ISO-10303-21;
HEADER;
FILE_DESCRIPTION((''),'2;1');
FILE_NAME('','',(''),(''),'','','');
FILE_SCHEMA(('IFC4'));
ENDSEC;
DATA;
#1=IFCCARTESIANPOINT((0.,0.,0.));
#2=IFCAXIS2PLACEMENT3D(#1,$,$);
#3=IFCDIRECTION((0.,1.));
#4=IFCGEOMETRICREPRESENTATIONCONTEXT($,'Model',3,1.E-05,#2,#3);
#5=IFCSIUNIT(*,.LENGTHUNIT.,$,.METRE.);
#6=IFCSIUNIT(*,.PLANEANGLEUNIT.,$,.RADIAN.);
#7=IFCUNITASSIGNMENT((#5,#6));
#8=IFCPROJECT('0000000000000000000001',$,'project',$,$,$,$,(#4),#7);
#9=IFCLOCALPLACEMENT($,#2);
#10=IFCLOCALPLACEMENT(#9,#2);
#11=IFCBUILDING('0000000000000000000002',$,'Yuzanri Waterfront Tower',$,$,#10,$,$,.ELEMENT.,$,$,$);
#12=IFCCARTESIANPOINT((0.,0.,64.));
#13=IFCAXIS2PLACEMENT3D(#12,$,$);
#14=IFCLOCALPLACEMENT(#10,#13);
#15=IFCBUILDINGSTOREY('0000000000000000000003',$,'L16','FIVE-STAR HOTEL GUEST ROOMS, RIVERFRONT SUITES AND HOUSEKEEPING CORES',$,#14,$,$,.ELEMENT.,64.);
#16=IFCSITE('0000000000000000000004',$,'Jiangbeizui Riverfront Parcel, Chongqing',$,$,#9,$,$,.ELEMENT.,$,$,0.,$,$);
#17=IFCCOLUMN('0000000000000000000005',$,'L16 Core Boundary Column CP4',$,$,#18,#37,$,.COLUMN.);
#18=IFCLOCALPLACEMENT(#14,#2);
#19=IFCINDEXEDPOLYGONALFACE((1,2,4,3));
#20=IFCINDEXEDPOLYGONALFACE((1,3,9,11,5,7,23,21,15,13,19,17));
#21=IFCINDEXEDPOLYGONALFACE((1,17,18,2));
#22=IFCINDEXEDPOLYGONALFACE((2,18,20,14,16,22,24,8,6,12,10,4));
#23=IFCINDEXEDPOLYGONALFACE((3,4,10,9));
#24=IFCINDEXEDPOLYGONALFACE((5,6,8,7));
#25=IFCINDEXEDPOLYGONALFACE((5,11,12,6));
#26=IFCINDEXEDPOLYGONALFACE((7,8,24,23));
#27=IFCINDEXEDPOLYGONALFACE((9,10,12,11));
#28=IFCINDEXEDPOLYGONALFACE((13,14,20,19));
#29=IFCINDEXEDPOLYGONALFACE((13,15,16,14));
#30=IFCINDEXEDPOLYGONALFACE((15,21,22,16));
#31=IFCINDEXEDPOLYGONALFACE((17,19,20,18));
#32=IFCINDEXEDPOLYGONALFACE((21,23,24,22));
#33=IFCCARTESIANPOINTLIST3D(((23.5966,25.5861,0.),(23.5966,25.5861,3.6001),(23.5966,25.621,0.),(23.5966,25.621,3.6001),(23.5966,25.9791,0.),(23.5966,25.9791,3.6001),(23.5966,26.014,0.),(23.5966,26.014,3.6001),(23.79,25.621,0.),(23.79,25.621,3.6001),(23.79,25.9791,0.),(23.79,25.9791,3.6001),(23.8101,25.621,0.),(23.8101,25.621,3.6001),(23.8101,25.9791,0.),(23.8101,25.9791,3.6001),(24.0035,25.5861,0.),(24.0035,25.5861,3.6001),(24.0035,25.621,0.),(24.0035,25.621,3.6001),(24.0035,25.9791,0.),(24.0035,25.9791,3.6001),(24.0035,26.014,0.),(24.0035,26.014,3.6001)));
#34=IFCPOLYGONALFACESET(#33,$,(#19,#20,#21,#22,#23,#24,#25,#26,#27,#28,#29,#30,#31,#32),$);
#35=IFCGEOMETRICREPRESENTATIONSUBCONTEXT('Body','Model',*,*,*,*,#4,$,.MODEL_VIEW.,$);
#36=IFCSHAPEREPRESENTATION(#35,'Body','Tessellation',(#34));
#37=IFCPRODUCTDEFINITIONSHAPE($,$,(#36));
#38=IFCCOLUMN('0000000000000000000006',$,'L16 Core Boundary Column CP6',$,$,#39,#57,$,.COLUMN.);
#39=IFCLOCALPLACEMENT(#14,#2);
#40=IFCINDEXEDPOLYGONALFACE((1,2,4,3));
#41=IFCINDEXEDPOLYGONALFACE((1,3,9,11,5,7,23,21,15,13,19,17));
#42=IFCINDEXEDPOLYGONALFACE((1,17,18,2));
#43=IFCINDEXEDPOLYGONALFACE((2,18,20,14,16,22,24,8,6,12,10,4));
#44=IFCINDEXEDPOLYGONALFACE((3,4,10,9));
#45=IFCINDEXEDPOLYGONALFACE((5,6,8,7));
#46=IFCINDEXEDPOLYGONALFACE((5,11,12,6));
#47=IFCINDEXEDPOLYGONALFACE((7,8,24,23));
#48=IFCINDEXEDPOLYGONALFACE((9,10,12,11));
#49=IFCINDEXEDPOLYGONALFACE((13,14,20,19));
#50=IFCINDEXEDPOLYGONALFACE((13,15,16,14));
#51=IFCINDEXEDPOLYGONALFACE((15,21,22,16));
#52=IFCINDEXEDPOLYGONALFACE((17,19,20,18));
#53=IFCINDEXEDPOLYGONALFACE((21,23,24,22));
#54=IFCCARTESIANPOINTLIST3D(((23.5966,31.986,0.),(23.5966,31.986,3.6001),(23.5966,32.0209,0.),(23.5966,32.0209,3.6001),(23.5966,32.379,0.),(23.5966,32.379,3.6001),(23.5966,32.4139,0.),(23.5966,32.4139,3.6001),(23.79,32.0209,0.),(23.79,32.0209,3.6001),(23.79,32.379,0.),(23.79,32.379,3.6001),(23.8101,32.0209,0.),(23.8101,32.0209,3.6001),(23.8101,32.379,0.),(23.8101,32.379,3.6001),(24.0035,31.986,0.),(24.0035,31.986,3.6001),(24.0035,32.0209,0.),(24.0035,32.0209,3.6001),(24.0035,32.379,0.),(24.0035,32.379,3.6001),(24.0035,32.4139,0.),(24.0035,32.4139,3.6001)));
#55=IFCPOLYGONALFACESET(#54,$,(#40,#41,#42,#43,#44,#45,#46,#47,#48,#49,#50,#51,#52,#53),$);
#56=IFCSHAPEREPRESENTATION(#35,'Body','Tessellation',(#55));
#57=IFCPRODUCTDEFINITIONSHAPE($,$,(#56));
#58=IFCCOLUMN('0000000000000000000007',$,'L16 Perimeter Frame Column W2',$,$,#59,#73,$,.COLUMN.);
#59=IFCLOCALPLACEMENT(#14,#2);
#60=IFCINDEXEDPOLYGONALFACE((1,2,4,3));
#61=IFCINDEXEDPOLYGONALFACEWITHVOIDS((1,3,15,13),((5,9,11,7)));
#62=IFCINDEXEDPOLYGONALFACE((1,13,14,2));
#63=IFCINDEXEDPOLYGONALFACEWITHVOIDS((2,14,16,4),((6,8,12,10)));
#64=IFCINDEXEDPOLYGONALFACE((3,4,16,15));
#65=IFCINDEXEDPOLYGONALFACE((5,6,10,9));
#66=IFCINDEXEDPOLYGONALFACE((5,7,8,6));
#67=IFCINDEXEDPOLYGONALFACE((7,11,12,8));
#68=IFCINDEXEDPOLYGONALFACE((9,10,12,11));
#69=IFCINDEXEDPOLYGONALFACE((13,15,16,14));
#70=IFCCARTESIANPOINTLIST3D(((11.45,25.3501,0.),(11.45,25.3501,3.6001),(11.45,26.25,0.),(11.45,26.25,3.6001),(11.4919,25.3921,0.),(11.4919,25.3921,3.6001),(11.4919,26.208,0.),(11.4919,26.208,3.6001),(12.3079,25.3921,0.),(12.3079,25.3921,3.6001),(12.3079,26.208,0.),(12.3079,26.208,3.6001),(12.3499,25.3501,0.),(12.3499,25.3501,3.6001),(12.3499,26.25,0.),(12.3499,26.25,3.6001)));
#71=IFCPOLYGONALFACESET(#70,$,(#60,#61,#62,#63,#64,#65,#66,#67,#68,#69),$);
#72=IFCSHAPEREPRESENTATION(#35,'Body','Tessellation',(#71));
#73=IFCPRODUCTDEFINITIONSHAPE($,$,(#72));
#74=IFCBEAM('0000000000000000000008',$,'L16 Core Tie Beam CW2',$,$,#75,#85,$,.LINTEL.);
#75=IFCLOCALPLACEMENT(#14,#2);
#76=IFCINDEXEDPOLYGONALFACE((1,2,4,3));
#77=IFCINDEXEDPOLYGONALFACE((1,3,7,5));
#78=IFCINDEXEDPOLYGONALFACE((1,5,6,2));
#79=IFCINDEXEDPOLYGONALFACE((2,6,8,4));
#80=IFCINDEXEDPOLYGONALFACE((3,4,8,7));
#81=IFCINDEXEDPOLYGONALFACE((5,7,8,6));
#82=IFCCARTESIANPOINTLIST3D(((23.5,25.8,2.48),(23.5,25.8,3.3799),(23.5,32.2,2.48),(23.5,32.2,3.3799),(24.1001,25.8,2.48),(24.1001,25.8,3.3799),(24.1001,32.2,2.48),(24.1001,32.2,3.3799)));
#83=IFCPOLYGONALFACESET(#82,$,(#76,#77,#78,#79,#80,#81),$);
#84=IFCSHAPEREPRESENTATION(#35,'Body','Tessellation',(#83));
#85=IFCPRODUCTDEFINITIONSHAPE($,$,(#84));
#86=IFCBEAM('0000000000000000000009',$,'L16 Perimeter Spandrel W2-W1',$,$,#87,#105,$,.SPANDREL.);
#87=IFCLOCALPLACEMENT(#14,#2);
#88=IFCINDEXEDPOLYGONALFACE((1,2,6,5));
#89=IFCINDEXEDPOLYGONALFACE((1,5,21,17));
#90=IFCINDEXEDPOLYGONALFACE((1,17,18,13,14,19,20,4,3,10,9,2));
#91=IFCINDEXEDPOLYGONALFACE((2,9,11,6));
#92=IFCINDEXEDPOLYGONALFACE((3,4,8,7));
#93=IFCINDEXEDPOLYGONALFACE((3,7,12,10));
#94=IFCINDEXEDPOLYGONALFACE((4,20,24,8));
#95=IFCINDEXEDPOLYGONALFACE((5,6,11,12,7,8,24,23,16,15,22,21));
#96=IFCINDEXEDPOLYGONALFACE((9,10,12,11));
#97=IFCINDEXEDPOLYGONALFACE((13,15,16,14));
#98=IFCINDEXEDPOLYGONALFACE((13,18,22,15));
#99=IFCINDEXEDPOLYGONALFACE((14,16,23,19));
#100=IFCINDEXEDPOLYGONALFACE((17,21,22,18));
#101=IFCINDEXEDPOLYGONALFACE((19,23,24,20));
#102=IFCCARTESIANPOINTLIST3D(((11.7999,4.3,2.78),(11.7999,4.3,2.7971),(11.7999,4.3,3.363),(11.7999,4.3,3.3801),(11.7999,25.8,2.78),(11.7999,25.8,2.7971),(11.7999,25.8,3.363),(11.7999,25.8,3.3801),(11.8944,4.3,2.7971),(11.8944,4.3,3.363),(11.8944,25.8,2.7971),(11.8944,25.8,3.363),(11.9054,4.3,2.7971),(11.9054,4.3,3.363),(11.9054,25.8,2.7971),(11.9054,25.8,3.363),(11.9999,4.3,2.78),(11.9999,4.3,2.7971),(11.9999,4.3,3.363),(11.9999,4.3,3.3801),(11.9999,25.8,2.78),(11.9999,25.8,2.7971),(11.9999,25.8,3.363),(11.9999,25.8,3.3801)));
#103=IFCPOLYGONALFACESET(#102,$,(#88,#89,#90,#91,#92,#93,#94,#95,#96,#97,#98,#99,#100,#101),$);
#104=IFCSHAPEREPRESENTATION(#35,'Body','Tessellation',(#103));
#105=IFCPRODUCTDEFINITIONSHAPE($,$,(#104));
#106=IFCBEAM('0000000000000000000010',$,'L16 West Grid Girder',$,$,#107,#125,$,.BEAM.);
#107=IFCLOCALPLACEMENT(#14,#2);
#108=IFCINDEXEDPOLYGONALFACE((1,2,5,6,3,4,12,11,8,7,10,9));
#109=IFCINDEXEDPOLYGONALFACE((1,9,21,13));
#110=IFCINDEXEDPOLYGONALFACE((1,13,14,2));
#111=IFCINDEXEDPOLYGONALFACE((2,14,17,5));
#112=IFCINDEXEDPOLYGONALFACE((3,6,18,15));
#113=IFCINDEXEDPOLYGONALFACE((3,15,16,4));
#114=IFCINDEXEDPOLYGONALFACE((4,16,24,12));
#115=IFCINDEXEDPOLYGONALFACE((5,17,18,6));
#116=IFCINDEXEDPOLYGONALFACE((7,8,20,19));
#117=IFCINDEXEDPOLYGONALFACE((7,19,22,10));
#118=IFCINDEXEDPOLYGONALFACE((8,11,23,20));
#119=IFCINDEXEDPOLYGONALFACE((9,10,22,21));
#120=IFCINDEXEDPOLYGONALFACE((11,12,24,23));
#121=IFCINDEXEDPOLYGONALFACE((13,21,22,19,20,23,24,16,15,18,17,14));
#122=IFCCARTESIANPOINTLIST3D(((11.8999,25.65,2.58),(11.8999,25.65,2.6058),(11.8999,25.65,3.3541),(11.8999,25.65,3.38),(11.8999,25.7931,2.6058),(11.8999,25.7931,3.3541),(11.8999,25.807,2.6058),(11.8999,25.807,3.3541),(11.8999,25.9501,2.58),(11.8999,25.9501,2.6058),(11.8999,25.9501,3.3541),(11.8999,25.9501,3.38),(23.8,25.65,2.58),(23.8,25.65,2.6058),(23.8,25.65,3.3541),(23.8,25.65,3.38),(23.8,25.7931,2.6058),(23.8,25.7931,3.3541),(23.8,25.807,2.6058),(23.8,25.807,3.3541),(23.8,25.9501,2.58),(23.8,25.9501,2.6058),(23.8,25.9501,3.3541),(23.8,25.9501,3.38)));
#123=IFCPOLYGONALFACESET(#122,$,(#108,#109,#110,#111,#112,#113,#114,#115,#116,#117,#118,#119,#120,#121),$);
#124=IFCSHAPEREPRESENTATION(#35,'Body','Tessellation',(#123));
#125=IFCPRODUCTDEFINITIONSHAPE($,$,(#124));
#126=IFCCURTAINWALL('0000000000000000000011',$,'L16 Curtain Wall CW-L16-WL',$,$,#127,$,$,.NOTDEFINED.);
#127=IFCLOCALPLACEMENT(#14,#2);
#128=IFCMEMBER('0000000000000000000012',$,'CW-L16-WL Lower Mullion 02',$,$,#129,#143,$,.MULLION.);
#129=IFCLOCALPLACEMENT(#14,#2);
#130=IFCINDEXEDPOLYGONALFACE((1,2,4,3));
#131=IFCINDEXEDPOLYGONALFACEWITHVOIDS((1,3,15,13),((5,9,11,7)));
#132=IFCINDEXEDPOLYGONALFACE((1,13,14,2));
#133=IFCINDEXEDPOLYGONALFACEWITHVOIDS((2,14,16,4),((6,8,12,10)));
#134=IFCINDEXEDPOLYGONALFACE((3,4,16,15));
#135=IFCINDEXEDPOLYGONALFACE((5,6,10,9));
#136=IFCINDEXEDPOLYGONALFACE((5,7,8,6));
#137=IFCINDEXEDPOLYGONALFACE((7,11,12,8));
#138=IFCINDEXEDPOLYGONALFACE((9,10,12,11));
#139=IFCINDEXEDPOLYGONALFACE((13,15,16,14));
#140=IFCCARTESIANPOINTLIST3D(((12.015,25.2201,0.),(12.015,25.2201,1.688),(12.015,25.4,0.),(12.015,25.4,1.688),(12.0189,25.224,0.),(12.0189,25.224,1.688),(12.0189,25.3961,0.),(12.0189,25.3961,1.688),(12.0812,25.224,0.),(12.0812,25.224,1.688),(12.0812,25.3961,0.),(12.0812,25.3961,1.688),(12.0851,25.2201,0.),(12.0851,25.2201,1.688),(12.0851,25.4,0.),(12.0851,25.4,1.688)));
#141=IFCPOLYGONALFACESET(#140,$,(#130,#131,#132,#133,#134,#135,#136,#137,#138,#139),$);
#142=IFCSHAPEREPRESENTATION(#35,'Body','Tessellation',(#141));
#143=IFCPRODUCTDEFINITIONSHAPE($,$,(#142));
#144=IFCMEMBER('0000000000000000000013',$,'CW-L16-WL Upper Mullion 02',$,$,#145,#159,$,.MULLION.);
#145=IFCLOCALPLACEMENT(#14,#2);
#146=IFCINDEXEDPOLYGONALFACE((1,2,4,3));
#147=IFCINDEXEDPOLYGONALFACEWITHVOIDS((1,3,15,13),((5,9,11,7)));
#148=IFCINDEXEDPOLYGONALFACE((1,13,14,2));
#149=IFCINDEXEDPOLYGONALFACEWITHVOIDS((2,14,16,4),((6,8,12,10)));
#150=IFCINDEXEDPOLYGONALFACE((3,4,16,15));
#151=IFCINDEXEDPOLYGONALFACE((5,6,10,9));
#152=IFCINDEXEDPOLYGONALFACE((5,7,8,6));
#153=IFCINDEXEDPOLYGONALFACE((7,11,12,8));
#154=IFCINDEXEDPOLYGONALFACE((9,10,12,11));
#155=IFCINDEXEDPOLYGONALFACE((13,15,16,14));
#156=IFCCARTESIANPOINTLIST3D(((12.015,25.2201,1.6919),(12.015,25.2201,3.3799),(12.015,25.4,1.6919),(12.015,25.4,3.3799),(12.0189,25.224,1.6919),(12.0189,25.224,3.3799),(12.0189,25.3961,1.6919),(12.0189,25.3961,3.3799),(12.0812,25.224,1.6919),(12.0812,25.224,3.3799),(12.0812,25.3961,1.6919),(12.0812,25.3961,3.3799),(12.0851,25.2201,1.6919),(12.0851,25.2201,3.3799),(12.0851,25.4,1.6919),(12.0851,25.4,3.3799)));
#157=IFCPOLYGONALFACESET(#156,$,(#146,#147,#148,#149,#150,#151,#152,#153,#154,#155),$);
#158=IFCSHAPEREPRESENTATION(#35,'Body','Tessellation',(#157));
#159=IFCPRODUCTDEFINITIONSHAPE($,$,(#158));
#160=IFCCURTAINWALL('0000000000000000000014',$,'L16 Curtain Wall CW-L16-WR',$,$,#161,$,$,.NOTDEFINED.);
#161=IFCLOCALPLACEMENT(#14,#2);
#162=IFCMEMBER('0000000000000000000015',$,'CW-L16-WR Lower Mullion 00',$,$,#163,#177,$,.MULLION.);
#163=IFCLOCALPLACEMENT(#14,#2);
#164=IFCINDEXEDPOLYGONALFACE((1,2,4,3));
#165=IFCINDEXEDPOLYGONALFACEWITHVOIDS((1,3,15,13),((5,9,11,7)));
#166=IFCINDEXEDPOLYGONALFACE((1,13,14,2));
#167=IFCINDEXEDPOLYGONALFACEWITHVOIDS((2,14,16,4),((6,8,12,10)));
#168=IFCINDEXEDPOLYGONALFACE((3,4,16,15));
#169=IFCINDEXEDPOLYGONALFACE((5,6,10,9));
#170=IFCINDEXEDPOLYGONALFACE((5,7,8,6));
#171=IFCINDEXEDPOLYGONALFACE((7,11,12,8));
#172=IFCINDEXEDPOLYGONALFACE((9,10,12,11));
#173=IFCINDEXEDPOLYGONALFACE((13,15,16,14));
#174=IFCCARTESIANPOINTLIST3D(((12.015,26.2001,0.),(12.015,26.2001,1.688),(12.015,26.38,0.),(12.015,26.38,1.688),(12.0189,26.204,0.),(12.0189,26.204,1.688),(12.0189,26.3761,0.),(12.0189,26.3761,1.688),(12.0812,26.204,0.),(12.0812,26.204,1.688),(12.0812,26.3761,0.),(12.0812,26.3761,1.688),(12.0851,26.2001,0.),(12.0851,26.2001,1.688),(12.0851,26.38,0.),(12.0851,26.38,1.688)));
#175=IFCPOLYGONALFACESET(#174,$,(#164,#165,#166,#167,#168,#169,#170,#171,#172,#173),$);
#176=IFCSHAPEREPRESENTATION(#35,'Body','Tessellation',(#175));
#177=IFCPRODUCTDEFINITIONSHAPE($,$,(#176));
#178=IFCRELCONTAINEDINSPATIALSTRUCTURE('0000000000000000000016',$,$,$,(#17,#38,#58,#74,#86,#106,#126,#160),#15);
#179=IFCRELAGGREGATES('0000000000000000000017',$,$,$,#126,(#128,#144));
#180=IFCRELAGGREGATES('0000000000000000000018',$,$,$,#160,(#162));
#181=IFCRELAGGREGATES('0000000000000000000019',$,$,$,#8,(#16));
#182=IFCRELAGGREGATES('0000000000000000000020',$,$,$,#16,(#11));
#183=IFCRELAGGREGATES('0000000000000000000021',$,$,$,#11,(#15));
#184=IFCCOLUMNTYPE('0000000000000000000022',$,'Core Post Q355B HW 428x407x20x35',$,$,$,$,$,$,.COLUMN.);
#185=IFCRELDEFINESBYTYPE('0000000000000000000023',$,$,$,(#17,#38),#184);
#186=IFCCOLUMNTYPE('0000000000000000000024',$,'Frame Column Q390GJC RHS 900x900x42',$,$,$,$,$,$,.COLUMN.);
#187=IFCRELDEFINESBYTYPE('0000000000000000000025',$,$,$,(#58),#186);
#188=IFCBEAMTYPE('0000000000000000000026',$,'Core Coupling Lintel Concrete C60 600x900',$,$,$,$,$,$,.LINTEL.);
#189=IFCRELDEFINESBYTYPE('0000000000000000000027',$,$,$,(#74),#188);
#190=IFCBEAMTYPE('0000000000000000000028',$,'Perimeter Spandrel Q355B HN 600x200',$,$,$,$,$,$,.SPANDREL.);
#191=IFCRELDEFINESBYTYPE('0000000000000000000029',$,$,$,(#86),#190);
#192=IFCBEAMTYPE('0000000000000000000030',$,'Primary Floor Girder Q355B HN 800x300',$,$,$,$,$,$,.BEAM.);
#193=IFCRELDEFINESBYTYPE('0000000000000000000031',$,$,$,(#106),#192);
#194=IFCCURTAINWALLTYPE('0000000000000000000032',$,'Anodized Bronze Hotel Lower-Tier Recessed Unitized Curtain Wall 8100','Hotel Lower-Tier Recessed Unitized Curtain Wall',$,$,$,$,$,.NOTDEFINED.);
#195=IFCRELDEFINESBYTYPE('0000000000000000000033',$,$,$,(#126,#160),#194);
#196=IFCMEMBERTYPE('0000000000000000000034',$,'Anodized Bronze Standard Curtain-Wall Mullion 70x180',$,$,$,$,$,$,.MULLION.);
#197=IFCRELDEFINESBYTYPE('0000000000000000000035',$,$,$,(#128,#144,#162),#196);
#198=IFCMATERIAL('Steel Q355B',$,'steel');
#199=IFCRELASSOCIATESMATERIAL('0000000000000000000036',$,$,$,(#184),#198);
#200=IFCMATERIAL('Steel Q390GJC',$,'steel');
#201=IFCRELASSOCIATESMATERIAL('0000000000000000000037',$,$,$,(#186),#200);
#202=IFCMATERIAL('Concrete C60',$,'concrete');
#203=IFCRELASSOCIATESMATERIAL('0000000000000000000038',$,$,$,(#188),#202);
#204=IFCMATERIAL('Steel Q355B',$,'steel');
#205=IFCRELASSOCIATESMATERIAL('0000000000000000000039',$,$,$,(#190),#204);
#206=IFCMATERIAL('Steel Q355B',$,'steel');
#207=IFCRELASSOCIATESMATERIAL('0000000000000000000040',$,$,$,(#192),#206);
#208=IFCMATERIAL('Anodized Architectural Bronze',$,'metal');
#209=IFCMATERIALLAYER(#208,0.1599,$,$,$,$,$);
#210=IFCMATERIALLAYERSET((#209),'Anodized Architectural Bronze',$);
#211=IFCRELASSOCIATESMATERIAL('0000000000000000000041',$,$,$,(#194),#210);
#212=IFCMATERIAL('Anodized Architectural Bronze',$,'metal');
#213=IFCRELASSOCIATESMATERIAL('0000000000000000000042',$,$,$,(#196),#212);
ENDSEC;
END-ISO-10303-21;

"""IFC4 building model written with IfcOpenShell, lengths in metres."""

from ifc_helpers import new_model, si_unit, direction, frame, origin, origin_2d, place, context, subcontext, project, spatial, rectangle, hollow_rectangle, i_section, extrude, source, transform, mapped, material, layer, layer_set, material_profile, profile_set, type_object, element, aggregate, save


model = new_model("IFC4")

# Units and contexts
model_context = context("Model", 3, precision=1e-05, world=origin(), true_north=direction((0.0, 1.0)))
body_context = subcontext(model_context, "Body", "Model", "MODEL_VIEW")
ifc_project = project(units=[si_unit("LENGTHUNIT", "METRE"), si_unit("PLANEANGLEUNIT", "RADIAN")], contexts=[model_context])

# Site, building, storey
site_placement = place(None, origin())
site = spatial("IfcSite", under=ifc_project, at=site_placement, Name="Jiangbeizui Riverfront Parcel, Chongqing", CompositionType="ELEMENT", RefElevation=0.0)
building_placement = place(site_placement, origin())
building = spatial("IfcBuilding", under=site, at=building_placement, Name="Yuzanri Waterfront Tower", CompositionType="ELEMENT")
storey_placement = place(building_placement, frame((0.0, 0.0, 64.0)))
storey = spatial("IfcBuildingStorey", under=building, at=storey_placement, Name="L16", Description="FIVE-STAR HOTEL GUEST ROOMS, RIVERFRONT SUITES AND HOUSEKEEPING CORES", CompositionType="ELEMENT", Elevation=64.0)

# Columns
ifc_material_1 = material(Name="Steel Q355B", Category="steel")
ifc_material_profile_1 = material_profile(ifc_material_1, i_section(OverallWidth=0.407, OverallDepth=0.428, WebThickness=0.02, FlangeThickness=0.0349, at=origin_2d()), Name="HW 428x407x20x35")
ifc_profile_set_1 = profile_set([ifc_material_profile_1], Name="Steel Q355B")
column_type_1 = type_object("IfcColumnType", Name="Core Post Q355B HW 428x407x20x35", PredefinedType="COLUMN", material=ifc_profile_set_1)
shared_shape_1 = source(origin(), body_context, "Body", "SweptSolid", [
    extrude(i_section(OverallWidth=0.407, OverallDepth=0.428, WebThickness=0.02, FlangeThickness=0.0349, at=origin_2d()), origin(), (0.0, 0.0, 1.0), 3.6001),
])
for number, where, z_axis, x_axis, name in (
    (1, (23.8, 25.8, 0.0), (0.0, 0.0, 1.0), (1.0, 0.0, 0.0), "L16 Core Boundary Column CP4"),
    (2, (23.8, 32.2, 0.0), (0.0, 0.0, 1.0), (1.0, 0.0, 0.0), "L16 Core Boundary Column CP6"),
):
    element("IfcColumn", number, at=place(storey_placement, frame(where, z_axis=z_axis, x_axis=x_axis)), inside=storey, type_object=column_type_1, Name=name, PredefinedType="COLUMN", context=body_context, shape_type="MappedRepresentation", body=[
        mapped(shared_shape_1, transform((0.0, 0.0, 0.0), scale=1.0)),
    ])
ifc_material_2 = material(Name="Steel Q390GJC", Category="steel")
ifc_material_profile_2 = material_profile(ifc_material_2, hollow_rectangle(XDim=0.8999, YDim=0.8999, WallThickness=0.042, at=origin_2d()), Name="RHS 900x900x42")
ifc_profile_set_2 = profile_set([ifc_material_profile_2], Name="Steel Q390GJC")
column_type_2 = type_object("IfcColumnType", Name="Frame Column Q390GJC RHS 900x900x42", PredefinedType="COLUMN", material=ifc_profile_set_2)
shared_shape_2 = source(origin(), body_context, "Body", "SweptSolid", [
    extrude(hollow_rectangle(XDim=0.8999, YDim=0.8999, WallThickness=0.042, at=origin_2d()), origin(), (0.0, 0.0, 1.0), 3.6001),
])
column_placement = place(storey_placement, frame((11.8999, 25.8, 0.0), z_axis=(0.0, 0.0, 1.0), x_axis=(1.0, 0.0, 0.0)))
element("IfcColumn", 3, at=column_placement, inside=storey, type_object=column_type_2, Name="L16 Perimeter Frame Column W2", PredefinedType="COLUMN", context=body_context, shape_type="MappedRepresentation", body=[
    mapped(shared_shape_2, transform((0.0, 0.0, 0.0), scale=1.0)),
])

# Beams
ifc_material_3 = material(Name="Concrete C60", Category="concrete")
ifc_material_profile_3 = material_profile(ifc_material_3, rectangle(XDim=0.6001, YDim=0.8999, at=origin_2d()), Name="RC 600x900")
ifc_profile_set_3 = profile_set([ifc_material_profile_3], Name="Concrete C60")
beam_type_1 = type_object("IfcBeamType", Name="Core Coupling Lintel Concrete C60 600x900", PredefinedType="LINTEL", material=ifc_profile_set_3)
shared_shape_3 = source(origin(), body_context, "Body", "SweptSolid", [
    extrude(rectangle(XDim=0.6001, YDim=0.8999, at=origin_2d()), origin(), (0.0, 0.0, 1.0), 6.3999),
])
beam_1_placement = place(storey_placement, frame((23.8, 25.8, 2.9299), z_axis=(0.0, 1.0, 0.0), x_axis=(-1.0, 0.0, 0.0)))
element("IfcBeam", 4, at=beam_1_placement, inside=storey, type_object=beam_type_1, Name="L16 Core Tie Beam CW2", PredefinedType="LINTEL", context=body_context, shape_type="MappedRepresentation", body=[
    mapped(shared_shape_3, transform((0.0, 0.0, 0.0), scale=1.0)),
])
ifc_material_4 = material(Name="Steel Q355B", Category="steel")
ifc_material_profile_4 = material_profile(ifc_material_4, i_section(OverallWidth=0.2, OverallDepth=0.6001, WebThickness=0.011, FlangeThickness=0.0171, at=origin_2d()), Name="HN 600x200x11x17")
ifc_profile_set_4 = profile_set([ifc_material_profile_4], Name="Steel Q355B")
beam_type_2 = type_object("IfcBeamType", Name="Perimeter Spandrel Q355B HN 600x200", PredefinedType="SPANDREL", material=ifc_profile_set_4)
shared_shape_4 = source(origin(), body_context, "Body", "SweptSolid", [
    extrude(i_section(OverallWidth=0.2, OverallDepth=0.6001, WebThickness=0.011, FlangeThickness=0.0171, at=origin_2d()), origin(), (0.0, 0.0, 1.0), 21.5),
])
beam_2_placement = place(storey_placement, frame((11.8999, 25.8, 3.0801), z_axis=(0.0, -1.0, 0.0), x_axis=(1.0, 0.0, 0.0)))
element("IfcBeam", 5, at=beam_2_placement, inside=storey, type_object=beam_type_2, Name="L16 Perimeter Spandrel W2-W1", PredefinedType="SPANDREL", context=body_context, shape_type="MappedRepresentation", body=[
    mapped(shared_shape_4, transform((0.0, 0.0, 0.0), scale=1.0)),
])
ifc_material_5 = material(Name="Steel Q355B", Category="steel")
ifc_material_profile_5 = material_profile(ifc_material_5, i_section(OverallWidth=0.3, OverallDepth=0.8, WebThickness=0.0139, FlangeThickness=0.0259, at=origin_2d()), Name="HN 800x300x14x26")
ifc_profile_set_5 = profile_set([ifc_material_profile_5], Name="Steel Q355B")
beam_type_3 = type_object("IfcBeamType", Name="Primary Floor Girder Q355B HN 800x300", PredefinedType="BEAM", material=ifc_profile_set_5)
shared_shape_5 = source(origin(), body_context, "Body", "SweptSolid", [
    extrude(i_section(OverallWidth=0.3, OverallDepth=0.8, WebThickness=0.0139, FlangeThickness=0.0259, at=origin_2d()), origin(), (0.0, 0.0, 1.0), 11.9001),
])
beam_3_placement = place(storey_placement, frame((23.8, 25.8, 2.98), z_axis=(-1.0, 0.0, 0.0), x_axis=(0.0, -1.0, 0.0)))
element("IfcBeam", 6, at=beam_3_placement, inside=storey, type_object=beam_type_3, Name="L16 West Grid Girder", PredefinedType="BEAM", context=body_context, shape_type="MappedRepresentation", body=[
    mapped(shared_shape_5, transform((0.0, 0.0, 0.0), scale=1.0)),
])

# Curtain wall, members
ifc_material_6 = material(Name="Anodized Architectural Bronze", Category="metal")
ifc_layer_1 = layer(ifc_material_6, 0.1599)
ifc_layer_set_1 = layer_set([ifc_layer_1], Name="Anodized Architectural Bronze")
curtain_wall_type = type_object("IfcCurtainWallType", Name="Anodized Bronze Hotel Lower-Tier Recessed Unitized Curtain Wall 8100", Description="Hotel Lower-Tier Recessed Unitized Curtain Wall", PredefinedType="NOTDEFINED", material=ifc_layer_set_1)
curtain_wall_1_placement = place(storey_placement, origin())
curtain_wall_1 = element("IfcCurtainWall", 7, at=curtain_wall_1_placement, inside=storey, type_object=curtain_wall_type, Name="L16 Curtain Wall CW-L16-WL", PredefinedType="NOTDEFINED")
ifc_material_7 = material(Name="Anodized Architectural Bronze", Category="metal")
ifc_material_profile_6 = material_profile(ifc_material_7, hollow_rectangle(XDim=0.0701, YDim=0.1799, WallThickness=0.0039, at=origin_2d()), Name="CWM 70x180")
ifc_profile_set_6 = profile_set([ifc_material_profile_6], Name="Anodized Architectural Bronze")
member_type_1 = type_object("IfcMemberType", Name="Anodized Bronze Standard Curtain-Wall Mullion 70x180", PredefinedType="MULLION", material=ifc_profile_set_6)
shared_shape_6 = source(origin(), body_context, "Body", "SweptSolid", [
    extrude(hollow_rectangle(XDim=0.0701, YDim=0.1799, WallThickness=0.0039, at=origin_2d()), origin(), (0.0, 0.0, 1.0), 1.688),
])
member_1_placement = place(storey_placement, frame((12.05, 25.3101, 0.0), z_axis=(0.0, 0.0, 1.0), x_axis=(1.0, 0.0, 0.0)))
member_1 = element("IfcMember", 8, at=member_1_placement, type_object=member_type_1, Name="CW-L16-WL Lower Mullion 02", PredefinedType="MULLION", context=body_context, shape_type="MappedRepresentation", body=[
    mapped(shared_shape_6, transform((0.0, 0.0, 0.0), scale=1.0)),
])
member_2_placement = place(storey_placement, frame((12.05, 25.3101, 1.6919), z_axis=(0.0, 0.0, 1.0), x_axis=(1.0, 0.0, 0.0)))
member_2 = element("IfcMember", 9, at=member_2_placement, type_object=member_type_1, Name="CW-L16-WL Upper Mullion 02", PredefinedType="MULLION", context=body_context, shape_type="MappedRepresentation", body=[
    mapped(shared_shape_6, transform((0.0, 0.0, 0.0), scale=1.0)),
])
aggregate(curtain_wall_1, [member_1, member_2])

# Curtain wall, member
curtain_wall_2_placement = place(storey_placement, origin())
curtain_wall_2 = element("IfcCurtainWall", 10, at=curtain_wall_2_placement, inside=storey, type_object=curtain_wall_type, Name="L16 Curtain Wall CW-L16-WR", PredefinedType="NOTDEFINED")
member_3_placement = place(storey_placement, frame((12.05, 26.29, 0.0), z_axis=(0.0, 0.0, 1.0), x_axis=(1.0, 0.0, 0.0)))
member_3 = element("IfcMember", 11, at=member_3_placement, type_object=member_type_1, Name="CW-L16-WR Lower Mullion 00", PredefinedType="MULLION", context=body_context, shape_type="MappedRepresentation", body=[
    mapped(shared_shape_6, transform((0.0, 0.0, 0.0), scale=1.0)),
])
aggregate(curtain_wall_2, [member_3])

save(model, "model.ifc")
